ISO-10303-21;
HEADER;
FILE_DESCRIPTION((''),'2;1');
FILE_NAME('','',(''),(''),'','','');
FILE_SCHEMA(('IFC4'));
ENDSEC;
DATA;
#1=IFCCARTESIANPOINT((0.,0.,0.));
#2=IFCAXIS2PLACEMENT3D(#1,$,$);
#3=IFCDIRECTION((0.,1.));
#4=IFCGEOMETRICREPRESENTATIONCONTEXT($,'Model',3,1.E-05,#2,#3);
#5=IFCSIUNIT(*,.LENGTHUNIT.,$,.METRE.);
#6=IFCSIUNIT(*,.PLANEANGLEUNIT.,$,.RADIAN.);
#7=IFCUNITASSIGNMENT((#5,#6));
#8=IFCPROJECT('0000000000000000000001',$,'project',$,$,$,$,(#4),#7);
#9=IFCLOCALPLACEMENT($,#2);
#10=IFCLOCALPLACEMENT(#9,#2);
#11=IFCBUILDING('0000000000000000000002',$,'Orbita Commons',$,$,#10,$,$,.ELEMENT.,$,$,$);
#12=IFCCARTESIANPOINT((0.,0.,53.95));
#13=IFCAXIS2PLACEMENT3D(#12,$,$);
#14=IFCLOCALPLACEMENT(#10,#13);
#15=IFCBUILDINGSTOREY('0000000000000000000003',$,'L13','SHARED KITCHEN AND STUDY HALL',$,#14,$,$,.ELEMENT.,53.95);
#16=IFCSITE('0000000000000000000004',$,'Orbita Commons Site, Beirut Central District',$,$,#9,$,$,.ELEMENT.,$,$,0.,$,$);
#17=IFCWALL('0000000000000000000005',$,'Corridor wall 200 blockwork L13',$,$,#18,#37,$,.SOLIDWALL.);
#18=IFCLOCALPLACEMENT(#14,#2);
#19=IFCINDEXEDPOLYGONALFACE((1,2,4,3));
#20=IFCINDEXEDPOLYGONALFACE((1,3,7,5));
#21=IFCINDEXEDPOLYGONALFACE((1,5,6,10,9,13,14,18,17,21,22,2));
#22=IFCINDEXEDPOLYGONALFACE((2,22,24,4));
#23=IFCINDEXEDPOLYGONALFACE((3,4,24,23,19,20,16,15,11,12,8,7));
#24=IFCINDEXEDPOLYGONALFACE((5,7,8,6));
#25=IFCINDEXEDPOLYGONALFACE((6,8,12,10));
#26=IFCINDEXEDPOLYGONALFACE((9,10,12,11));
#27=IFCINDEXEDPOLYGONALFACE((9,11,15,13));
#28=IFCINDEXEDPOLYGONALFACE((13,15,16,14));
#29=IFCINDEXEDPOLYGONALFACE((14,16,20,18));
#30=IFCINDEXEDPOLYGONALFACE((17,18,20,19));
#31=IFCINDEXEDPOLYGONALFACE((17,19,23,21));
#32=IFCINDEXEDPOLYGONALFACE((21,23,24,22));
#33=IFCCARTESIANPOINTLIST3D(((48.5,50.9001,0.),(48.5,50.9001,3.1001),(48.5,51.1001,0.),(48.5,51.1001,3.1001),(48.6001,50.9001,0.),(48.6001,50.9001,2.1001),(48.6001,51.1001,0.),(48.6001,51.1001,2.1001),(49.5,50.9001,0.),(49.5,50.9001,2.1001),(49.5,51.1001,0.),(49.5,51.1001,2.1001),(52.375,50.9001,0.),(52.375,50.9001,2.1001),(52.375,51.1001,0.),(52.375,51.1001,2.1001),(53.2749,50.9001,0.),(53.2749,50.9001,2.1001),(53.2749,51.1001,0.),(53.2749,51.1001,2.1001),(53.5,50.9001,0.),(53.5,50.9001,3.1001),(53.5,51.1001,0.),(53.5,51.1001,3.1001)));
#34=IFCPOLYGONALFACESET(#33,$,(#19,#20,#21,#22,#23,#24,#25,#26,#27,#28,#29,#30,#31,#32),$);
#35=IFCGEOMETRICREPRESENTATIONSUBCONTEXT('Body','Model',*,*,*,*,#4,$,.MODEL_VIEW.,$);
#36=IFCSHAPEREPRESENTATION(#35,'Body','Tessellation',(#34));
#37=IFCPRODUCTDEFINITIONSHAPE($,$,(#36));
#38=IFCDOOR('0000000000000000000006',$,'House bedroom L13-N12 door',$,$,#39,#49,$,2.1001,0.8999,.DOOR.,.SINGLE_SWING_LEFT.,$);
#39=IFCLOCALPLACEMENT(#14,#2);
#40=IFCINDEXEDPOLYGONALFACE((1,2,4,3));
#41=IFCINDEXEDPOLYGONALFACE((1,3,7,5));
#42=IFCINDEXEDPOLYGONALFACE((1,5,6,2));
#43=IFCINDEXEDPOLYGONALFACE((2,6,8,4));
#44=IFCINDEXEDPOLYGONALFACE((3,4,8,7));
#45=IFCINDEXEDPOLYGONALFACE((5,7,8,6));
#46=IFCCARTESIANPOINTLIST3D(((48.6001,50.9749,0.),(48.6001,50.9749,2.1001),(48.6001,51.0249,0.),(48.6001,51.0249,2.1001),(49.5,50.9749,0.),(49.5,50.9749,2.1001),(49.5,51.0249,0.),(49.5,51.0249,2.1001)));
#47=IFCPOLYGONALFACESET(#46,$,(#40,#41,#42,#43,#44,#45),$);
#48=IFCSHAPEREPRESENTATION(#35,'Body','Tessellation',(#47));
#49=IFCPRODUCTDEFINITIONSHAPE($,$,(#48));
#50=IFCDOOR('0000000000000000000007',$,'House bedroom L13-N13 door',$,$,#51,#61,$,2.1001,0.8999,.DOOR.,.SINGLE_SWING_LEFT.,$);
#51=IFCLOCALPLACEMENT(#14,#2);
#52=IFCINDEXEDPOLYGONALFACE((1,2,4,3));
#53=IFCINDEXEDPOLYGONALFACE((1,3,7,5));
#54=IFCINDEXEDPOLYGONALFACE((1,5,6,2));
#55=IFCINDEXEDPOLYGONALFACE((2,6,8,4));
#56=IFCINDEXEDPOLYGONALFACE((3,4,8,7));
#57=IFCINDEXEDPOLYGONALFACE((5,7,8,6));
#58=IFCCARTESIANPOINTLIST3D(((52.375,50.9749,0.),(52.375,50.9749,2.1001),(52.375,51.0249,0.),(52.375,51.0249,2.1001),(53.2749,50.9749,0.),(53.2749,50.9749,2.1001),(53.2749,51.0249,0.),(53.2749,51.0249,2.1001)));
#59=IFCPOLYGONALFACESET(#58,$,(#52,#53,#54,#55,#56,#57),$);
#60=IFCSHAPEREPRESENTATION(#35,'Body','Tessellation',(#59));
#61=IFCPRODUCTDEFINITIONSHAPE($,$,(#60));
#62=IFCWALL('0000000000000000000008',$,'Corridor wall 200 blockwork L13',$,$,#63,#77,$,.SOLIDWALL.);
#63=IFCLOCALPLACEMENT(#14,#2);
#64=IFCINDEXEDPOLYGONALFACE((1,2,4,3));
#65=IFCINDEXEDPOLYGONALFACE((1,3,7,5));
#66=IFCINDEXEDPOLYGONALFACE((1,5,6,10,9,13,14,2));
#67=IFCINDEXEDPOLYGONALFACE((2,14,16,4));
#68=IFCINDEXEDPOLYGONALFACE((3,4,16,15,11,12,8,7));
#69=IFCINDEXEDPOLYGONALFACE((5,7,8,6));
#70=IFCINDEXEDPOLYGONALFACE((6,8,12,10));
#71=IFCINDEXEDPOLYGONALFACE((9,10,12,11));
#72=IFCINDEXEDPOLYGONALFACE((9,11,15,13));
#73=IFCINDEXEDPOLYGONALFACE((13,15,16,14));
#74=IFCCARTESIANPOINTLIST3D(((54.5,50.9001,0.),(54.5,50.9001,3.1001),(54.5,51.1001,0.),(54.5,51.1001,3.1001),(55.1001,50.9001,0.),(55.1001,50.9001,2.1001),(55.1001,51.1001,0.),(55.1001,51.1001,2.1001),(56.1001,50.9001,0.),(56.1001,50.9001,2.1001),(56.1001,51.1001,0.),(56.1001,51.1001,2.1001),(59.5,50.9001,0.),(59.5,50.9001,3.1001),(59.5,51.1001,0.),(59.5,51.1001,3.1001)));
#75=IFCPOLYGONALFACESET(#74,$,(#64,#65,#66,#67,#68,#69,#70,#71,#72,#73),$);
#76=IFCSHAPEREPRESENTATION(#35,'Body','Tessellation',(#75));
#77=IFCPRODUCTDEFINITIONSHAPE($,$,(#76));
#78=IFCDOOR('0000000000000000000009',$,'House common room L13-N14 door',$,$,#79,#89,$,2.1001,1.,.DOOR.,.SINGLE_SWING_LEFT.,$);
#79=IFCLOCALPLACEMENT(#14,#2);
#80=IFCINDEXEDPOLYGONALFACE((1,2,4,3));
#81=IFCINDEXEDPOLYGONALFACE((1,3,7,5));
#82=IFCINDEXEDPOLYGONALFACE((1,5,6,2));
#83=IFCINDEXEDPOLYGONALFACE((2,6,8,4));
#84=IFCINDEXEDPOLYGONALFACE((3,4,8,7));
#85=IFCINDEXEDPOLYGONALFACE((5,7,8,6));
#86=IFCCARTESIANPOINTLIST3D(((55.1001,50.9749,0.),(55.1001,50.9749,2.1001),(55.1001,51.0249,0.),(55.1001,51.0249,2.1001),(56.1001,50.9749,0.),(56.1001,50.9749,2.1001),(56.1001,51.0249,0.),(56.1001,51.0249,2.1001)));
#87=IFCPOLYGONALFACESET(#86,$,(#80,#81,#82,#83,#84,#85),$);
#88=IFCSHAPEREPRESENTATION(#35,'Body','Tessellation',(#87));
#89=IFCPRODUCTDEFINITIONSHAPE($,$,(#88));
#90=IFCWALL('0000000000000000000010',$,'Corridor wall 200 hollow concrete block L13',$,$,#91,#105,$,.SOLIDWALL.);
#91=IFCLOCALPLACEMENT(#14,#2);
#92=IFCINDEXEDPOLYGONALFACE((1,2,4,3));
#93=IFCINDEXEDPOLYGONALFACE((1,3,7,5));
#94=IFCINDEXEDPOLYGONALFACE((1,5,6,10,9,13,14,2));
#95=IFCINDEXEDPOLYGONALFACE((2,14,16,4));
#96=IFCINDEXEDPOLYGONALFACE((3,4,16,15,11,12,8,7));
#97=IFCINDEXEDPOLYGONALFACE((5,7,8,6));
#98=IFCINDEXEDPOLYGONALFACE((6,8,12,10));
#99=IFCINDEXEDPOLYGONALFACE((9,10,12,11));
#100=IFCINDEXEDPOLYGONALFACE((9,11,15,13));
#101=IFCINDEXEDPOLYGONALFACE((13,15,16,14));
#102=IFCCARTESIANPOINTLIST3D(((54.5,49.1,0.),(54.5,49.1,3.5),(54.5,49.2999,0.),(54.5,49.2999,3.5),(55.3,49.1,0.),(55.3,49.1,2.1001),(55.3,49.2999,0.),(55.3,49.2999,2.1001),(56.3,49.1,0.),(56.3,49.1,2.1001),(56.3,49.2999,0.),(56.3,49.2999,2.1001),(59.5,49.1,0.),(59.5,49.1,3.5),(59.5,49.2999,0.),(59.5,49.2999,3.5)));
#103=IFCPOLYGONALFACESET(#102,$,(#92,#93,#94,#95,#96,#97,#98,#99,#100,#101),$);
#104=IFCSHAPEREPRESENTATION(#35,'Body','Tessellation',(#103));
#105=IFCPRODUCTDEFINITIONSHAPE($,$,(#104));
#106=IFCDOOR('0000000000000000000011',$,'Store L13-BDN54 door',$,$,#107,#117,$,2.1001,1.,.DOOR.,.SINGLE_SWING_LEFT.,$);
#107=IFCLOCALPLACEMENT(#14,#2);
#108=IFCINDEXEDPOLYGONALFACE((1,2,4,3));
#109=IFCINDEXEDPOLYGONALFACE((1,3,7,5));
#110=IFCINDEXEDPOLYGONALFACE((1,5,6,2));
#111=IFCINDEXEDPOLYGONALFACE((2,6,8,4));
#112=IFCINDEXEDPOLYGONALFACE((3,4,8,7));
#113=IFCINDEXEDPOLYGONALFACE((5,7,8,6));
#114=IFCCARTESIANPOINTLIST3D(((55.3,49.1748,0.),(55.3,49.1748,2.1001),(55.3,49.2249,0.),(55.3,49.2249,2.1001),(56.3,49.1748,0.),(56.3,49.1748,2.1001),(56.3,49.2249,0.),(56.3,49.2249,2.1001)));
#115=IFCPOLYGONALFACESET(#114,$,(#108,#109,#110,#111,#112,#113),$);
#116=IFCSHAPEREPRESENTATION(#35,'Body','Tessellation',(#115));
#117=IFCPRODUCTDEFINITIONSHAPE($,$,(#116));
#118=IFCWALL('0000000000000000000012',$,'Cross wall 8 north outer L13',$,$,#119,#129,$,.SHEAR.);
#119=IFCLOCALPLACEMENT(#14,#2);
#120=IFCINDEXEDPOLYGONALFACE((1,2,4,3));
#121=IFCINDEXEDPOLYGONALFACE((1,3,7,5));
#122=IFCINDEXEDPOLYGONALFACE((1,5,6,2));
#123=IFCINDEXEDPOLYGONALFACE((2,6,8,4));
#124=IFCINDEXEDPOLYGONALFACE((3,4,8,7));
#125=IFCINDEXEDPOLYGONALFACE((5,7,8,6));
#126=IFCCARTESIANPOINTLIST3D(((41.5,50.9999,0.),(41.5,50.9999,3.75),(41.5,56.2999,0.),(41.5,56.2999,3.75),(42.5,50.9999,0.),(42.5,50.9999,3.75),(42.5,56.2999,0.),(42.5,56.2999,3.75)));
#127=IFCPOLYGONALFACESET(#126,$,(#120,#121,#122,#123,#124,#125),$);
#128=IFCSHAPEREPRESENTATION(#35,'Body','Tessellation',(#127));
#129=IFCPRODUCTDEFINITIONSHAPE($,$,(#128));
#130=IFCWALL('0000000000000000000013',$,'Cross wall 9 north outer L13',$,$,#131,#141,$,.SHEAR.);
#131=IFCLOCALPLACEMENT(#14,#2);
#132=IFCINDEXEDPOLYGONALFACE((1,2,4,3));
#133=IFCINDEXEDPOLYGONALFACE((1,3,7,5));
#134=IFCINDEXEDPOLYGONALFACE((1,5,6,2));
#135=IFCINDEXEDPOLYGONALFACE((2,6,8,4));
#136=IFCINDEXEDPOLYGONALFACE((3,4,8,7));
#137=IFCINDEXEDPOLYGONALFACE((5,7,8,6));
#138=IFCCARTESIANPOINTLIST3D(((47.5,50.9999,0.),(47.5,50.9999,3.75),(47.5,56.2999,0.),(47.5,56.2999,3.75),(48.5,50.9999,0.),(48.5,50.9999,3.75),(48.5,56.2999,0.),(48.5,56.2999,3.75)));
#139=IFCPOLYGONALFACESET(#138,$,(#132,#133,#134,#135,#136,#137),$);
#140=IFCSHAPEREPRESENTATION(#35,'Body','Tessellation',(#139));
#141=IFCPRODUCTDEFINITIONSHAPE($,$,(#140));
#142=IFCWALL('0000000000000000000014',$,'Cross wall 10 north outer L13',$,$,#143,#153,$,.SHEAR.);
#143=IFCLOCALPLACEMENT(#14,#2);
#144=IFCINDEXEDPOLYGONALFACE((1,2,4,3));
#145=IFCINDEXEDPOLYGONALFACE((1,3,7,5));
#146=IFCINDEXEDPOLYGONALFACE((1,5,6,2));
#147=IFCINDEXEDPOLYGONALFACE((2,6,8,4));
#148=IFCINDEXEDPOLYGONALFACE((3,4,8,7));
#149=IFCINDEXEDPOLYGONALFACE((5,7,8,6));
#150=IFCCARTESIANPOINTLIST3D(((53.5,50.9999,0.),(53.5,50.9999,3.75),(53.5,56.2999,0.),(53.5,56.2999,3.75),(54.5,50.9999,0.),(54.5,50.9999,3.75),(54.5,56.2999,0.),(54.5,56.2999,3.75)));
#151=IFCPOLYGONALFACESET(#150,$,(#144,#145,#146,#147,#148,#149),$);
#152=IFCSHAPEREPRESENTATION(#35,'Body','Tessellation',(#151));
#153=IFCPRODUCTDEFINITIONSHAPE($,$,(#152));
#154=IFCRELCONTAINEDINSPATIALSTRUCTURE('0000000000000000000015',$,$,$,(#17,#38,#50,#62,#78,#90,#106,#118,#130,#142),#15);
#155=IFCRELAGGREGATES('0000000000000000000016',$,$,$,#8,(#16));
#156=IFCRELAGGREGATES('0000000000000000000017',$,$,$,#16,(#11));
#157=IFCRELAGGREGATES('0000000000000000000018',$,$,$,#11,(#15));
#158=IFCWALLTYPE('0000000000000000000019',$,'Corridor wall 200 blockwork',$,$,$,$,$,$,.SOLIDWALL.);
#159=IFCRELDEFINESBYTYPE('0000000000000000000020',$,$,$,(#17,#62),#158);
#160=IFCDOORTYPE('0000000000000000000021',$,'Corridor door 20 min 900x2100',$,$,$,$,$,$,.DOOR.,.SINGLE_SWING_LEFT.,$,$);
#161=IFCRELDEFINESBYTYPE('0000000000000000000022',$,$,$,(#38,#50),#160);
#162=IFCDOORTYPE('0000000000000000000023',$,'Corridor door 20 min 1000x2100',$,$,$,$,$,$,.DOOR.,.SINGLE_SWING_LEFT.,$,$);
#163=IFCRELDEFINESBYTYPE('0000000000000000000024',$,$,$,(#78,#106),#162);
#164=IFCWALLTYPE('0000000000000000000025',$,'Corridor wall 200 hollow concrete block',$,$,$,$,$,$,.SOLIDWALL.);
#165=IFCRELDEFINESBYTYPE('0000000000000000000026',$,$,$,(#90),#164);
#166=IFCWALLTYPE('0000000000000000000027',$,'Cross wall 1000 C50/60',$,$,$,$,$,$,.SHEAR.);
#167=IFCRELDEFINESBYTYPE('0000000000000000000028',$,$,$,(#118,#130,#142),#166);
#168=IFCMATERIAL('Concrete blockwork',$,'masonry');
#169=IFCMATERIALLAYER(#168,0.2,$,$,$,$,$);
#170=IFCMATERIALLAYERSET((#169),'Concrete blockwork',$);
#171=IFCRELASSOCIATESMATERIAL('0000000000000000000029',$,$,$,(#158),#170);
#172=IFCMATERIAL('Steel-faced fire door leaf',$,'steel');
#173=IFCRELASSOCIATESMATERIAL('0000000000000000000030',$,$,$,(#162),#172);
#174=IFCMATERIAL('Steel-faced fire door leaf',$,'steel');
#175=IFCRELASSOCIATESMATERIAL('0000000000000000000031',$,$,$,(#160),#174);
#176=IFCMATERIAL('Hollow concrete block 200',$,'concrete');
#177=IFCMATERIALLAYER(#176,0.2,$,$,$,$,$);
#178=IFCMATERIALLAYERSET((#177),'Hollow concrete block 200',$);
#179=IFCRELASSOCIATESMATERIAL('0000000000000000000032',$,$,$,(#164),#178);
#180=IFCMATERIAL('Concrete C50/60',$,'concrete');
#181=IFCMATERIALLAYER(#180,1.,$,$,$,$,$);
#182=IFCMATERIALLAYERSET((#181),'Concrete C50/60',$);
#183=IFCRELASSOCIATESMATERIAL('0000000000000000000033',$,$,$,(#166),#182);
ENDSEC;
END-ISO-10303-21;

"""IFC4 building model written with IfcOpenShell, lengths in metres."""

from ifc_helpers import new_model, si_unit, direction, frame, frame_2d, origin, place, context, subcontext, project, spatial, polyline, rectangle, outline, extrude, material, layer, layer_set, type_object, element, fill, save


model = new_model("IFC4")

# Units and contexts
model_context = context("Model", 3, precision=1e-05, world=origin(), true_north=direction((0.0, 1.0)))
body_context = subcontext(model_context, "Body", "Model", "MODEL_VIEW")
ifc_project = project(units=[si_unit("LENGTHUNIT", "METRE"), si_unit("PLANEANGLEUNIT", "RADIAN")], contexts=[model_context])

# Site, building, storey
site_placement = place(None, origin())
site = spatial("IfcSite", under=ifc_project, at=site_placement, Name="Orbita Commons Site, Beirut Central District", CompositionType="ELEMENT", RefElevation=0.0)
building_placement = place(site_placement, origin())
building = spatial("IfcBuilding", under=site, at=building_placement, Name="Orbita Commons", CompositionType="ELEMENT")
storey_placement = place(building_placement, frame((0.0, 0.0, 53.95)))
storey = spatial("IfcBuildingStorey", under=building, at=storey_placement, Name="L13", Description="SHARED KITCHEN AND STUDY HALL", CompositionType="ELEMENT", Elevation=53.95)

# Shared definitions
ifc_material_1 = material(Name="Concrete blockwork", Category="masonry")
ifc_layer_1 = layer(ifc_material_1, 0.2)
ifc_layer_set_1 = layer_set([ifc_layer_1], Name="Concrete blockwork")
wall_type_1 = type_object("IfcWallType", Name="Corridor wall 200 blockwork", PredefinedType="SOLIDWALL", material=ifc_layer_set_1)
ifc_material_2 = material(Name="Steel-faced fire door leaf", Category="steel")
door_type_1 = type_object("IfcDoorType", Name="Corridor door 20 min 1000x2100", OperationType="SINGLE_SWING_LEFT", PredefinedType="DOOR", material=ifc_material_2)

# Wall, openings, doors
wall_1_placement = place(storey_placement, frame((48.5, 51.0, 0.0), z_axis=(0.0, 0.0, 1.0), x_axis=(1.0, 0.0, 0.0)))
wall_1 = element("IfcWall", 1, at=wall_1_placement, inside=storey, type_object=wall_type_1, Name="Corridor wall 200 blockwork L13", PredefinedType="SOLIDWALL", context=body_context, shape_type="SweptSolid", body=[
    extrude(outline(polyline([(0.0, 0.0), (5.0, 0.0), (5.0, 3.1001), (0.0, 3.1001), (0.0, 0.0)])), frame((0.0, 0.1001, 0.0), z_axis=(0.0, -1.0, 0.0), x_axis=(1.0, 0.0, 0.0)), (0.0, 0.0, 1.0), 0.2),
])
opening_1_placement = place(wall_1_placement, frame((0.1001, 0.0, 0.0)))
opening_1 = element("IfcOpeningElement", 2, at=opening_1_placement, cuts=wall_1, PredefinedType="OPENING", context=body_context, shape_type="SweptSolid", body=[
    extrude(rectangle(XDim=0.8999, YDim=2.1001, at=frame_2d((0.45, 1.05))), frame((0.0, 0.1099, 0.0), z_axis=(0.0, -1.0, 0.0), x_axis=(1.0, 0.0, 0.0)), (0.0, 0.0, 1.0), 0.22),
])
opening_2_placement = place(wall_1_placement, frame((3.875, 0.0, 0.0)))
opening_2 = element("IfcOpeningElement", 3, at=opening_2_placement, cuts=wall_1, PredefinedType="OPENING", context=body_context, shape_type="SweptSolid", body=[
    extrude(rectangle(XDim=0.8999, YDim=2.1001, at=frame_2d((0.45, 1.05))), frame((0.0, 0.1099, 0.0), z_axis=(0.0, -1.0, 0.0), x_axis=(1.0, 0.0, 0.0)), (0.0, 0.0, 1.0), 0.22),
])
ifc_material_3 = material(Name="Steel-faced fire door leaf", Category="steel")
door_type_2 = type_object("IfcDoorType", Name="Corridor door 20 min 900x2100", OperationType="SINGLE_SWING_LEFT", PredefinedType="DOOR", material=ifc_material_3)
door_1_placement = place(opening_1_placement, origin())
door_1 = element("IfcDoor", 4, at=door_1_placement, inside=storey, type_object=door_type_2, Name="House bedroom L13-N12 door", OperationType="SINGLE_SWING_LEFT", OverallHeight=2.1001, OverallWidth=0.8999, PredefinedType="DOOR", context=body_context, shape_type="SweptSolid", body=[
    extrude(rectangle(XDim=0.8999, YDim=2.1001, at=frame_2d((0.45, 1.05))), frame((0.0, 0.0249, 0.0), z_axis=(0.0, -1.0, 0.0), x_axis=(1.0, 0.0, 0.0)), (0.0, 0.0, 1.0), 0.05),
])
fill(opening_1, door_1)
door_2_placement = place(opening_2_placement, origin())
door_2 = element("IfcDoor", 5, at=door_2_placement, inside=storey, type_object=door_type_2, Name="House bedroom L13-N13 door", OperationType="SINGLE_SWING_LEFT", OverallHeight=2.1001, OverallWidth=0.8999, PredefinedType="DOOR", context=body_context, shape_type="SweptSolid", body=[
    extrude(rectangle(XDim=0.8999, YDim=2.1001, at=frame_2d((0.45, 1.05))), frame((0.0, 0.0249, 0.0), z_axis=(0.0, -1.0, 0.0), x_axis=(1.0, 0.0, 0.0)), (0.0, 0.0, 1.0), 0.05),
])
fill(opening_2, door_2)

# Walls, openings, doors
wall_2_placement = place(storey_placement, frame((54.5, 51.0, 0.0), z_axis=(0.0, 0.0, 1.0), x_axis=(1.0, 0.0, 0.0)))
wall_2 = element("IfcWall", 6, at=wall_2_placement, inside=storey, type_object=wall_type_1, Name="Corridor wall 200 blockwork L13", PredefinedType="SOLIDWALL", context=body_context, shape_type="SweptSolid", body=[
    extrude(outline(polyline([(0.0, 0.0), (5.0, 0.0), (5.0, 3.1001), (0.0, 3.1001), (0.0, 0.0)])), frame((0.0, 0.1001, 0.0), z_axis=(0.0, -1.0, 0.0), x_axis=(1.0, 0.0, 0.0)), (0.0, 0.0, 1.0), 0.2),
])
opening_3_placement = place(wall_2_placement, frame((0.6001, 0.0, 0.0)))
opening_3 = element("IfcOpeningElement", 7, at=opening_3_placement, cuts=wall_2, PredefinedType="OPENING", context=body_context, shape_type="SweptSolid", body=[
    extrude(rectangle(XDim=1.0, YDim=2.1001, at=frame_2d((0.5, 1.05))), frame((0.0, 0.1099, 0.0), z_axis=(0.0, -1.0, 0.0), x_axis=(1.0, 0.0, 0.0)), (0.0, 0.0, 1.0), 0.22),
])
door_3_placement = place(opening_3_placement, origin())
door_3 = element("IfcDoor", 8, at=door_3_placement, inside=storey, type_object=door_type_1, Name="House common room L13-N14 door", OperationType="SINGLE_SWING_LEFT", OverallHeight=2.1001, OverallWidth=1.0, PredefinedType="DOOR", context=body_context, shape_type="SweptSolid", body=[
    extrude(rectangle(XDim=1.0, YDim=2.1001, at=frame_2d((0.5, 1.05))), frame((0.0, 0.0249, 0.0), z_axis=(0.0, -1.0, 0.0), x_axis=(1.0, 0.0, 0.0)), (0.0, 0.0, 1.0), 0.05),
])
fill(opening_3, door_3)
ifc_material_4 = material(Name="Hollow concrete block 200", Category="concrete")
ifc_layer_2 = layer(ifc_material_4, 0.2)
ifc_layer_set_2 = layer_set([ifc_layer_2], Name="Hollow concrete block 200")
wall_type_2 = type_object("IfcWallType", Name="Corridor wall 200 hollow concrete block", PredefinedType="SOLIDWALL", material=ifc_layer_set_2)
wall_3_placement = place(storey_placement, frame((54.5, 49.2, 0.0), z_axis=(0.0, 0.0, 1.0), x_axis=(1.0, 0.0, 0.0)))
wall_3 = element("IfcWall", 9, at=wall_3_placement, inside=storey, type_object=wall_type_2, Name="Corridor wall 200 hollow concrete block L13", PredefinedType="SOLIDWALL", context=body_context, shape_type="SweptSolid", body=[
    extrude(rectangle(XDim=5.0, YDim=0.2, at=frame_2d((2.5, 0.0))), origin(), (0.0, 0.0, 1.0), 3.5),
])
opening_4_placement = place(wall_3_placement, frame((0.8, 0.0, 0.0)))
opening_4 = element("IfcOpeningElement", 10, at=opening_4_placement, cuts=wall_3, PredefinedType="OPENING", context=body_context, shape_type="SweptSolid", body=[
    extrude(rectangle(XDim=1.0, YDim=2.1001, at=frame_2d((0.5, 1.05))), frame((0.0, 0.1099, 0.0), z_axis=(0.0, -1.0, 0.0), x_axis=(1.0, 0.0, 0.0)), (0.0, 0.0, 1.0), 0.22),
])
door_4_placement = place(opening_4_placement, origin())
door_4 = element("IfcDoor", 11, at=door_4_placement, inside=storey, type_object=door_type_1, Name="Store L13-BDN54 door", OperationType="SINGLE_SWING_LEFT", OverallHeight=2.1001, OverallWidth=1.0, PredefinedType="DOOR", context=body_context, shape_type="SweptSolid", body=[
    extrude(rectangle(XDim=1.0, YDim=2.1001, at=frame_2d((0.5, 1.05))), frame((0.0, 0.0249, 0.0), z_axis=(0.0, -1.0, 0.0), x_axis=(1.0, 0.0, 0.0)), (0.0, 0.0, 1.0), 0.05),
])
fill(opening_4, door_4)

# Walls
ifc_material_5 = material(Name="Concrete C50/60", Category="concrete")
ifc_layer_3 = layer(ifc_material_5, 1.0)
ifc_layer_set_3 = layer_set([ifc_layer_3], Name="Concrete C50/60")
wall_type_3 = type_object("IfcWallType", Name="Cross wall 1000 C50/60", PredefinedType="SHEAR", material=ifc_layer_set_3)
for number, where, z_axis, x_axis, name in (
    (12, (42.0, 51.0, 0.0), (0.0, 0.0, 1.0), (0.0, 1.0, 0.0), "Cross wall 8 north outer L13"),
    (13, (48.0, 51.0, 0.0), (0.0, 0.0, 1.0), (0.0, 1.0, 0.0), "Cross wall 9 north outer L13"),
    (14, (54.0, 51.0, 0.0), (0.0, 0.0, 1.0), (0.0, 1.0, 0.0), "Cross wall 10 north outer L13"),
):
    element("IfcWall", number, at=place(storey_placement, frame(where, z_axis=z_axis, x_axis=x_axis)), inside=storey, type_object=wall_type_3, Name=name, PredefinedType="SHEAR", context=body_context, shape_type="SweptSolid", body=[
        extrude(rectangle(XDim=5.3, YDim=1.0, at=frame_2d((2.6499, 0.0))), origin(), (0.0, 0.0, 1.0), 3.75),
    ])

save(model, "model.ifc")
